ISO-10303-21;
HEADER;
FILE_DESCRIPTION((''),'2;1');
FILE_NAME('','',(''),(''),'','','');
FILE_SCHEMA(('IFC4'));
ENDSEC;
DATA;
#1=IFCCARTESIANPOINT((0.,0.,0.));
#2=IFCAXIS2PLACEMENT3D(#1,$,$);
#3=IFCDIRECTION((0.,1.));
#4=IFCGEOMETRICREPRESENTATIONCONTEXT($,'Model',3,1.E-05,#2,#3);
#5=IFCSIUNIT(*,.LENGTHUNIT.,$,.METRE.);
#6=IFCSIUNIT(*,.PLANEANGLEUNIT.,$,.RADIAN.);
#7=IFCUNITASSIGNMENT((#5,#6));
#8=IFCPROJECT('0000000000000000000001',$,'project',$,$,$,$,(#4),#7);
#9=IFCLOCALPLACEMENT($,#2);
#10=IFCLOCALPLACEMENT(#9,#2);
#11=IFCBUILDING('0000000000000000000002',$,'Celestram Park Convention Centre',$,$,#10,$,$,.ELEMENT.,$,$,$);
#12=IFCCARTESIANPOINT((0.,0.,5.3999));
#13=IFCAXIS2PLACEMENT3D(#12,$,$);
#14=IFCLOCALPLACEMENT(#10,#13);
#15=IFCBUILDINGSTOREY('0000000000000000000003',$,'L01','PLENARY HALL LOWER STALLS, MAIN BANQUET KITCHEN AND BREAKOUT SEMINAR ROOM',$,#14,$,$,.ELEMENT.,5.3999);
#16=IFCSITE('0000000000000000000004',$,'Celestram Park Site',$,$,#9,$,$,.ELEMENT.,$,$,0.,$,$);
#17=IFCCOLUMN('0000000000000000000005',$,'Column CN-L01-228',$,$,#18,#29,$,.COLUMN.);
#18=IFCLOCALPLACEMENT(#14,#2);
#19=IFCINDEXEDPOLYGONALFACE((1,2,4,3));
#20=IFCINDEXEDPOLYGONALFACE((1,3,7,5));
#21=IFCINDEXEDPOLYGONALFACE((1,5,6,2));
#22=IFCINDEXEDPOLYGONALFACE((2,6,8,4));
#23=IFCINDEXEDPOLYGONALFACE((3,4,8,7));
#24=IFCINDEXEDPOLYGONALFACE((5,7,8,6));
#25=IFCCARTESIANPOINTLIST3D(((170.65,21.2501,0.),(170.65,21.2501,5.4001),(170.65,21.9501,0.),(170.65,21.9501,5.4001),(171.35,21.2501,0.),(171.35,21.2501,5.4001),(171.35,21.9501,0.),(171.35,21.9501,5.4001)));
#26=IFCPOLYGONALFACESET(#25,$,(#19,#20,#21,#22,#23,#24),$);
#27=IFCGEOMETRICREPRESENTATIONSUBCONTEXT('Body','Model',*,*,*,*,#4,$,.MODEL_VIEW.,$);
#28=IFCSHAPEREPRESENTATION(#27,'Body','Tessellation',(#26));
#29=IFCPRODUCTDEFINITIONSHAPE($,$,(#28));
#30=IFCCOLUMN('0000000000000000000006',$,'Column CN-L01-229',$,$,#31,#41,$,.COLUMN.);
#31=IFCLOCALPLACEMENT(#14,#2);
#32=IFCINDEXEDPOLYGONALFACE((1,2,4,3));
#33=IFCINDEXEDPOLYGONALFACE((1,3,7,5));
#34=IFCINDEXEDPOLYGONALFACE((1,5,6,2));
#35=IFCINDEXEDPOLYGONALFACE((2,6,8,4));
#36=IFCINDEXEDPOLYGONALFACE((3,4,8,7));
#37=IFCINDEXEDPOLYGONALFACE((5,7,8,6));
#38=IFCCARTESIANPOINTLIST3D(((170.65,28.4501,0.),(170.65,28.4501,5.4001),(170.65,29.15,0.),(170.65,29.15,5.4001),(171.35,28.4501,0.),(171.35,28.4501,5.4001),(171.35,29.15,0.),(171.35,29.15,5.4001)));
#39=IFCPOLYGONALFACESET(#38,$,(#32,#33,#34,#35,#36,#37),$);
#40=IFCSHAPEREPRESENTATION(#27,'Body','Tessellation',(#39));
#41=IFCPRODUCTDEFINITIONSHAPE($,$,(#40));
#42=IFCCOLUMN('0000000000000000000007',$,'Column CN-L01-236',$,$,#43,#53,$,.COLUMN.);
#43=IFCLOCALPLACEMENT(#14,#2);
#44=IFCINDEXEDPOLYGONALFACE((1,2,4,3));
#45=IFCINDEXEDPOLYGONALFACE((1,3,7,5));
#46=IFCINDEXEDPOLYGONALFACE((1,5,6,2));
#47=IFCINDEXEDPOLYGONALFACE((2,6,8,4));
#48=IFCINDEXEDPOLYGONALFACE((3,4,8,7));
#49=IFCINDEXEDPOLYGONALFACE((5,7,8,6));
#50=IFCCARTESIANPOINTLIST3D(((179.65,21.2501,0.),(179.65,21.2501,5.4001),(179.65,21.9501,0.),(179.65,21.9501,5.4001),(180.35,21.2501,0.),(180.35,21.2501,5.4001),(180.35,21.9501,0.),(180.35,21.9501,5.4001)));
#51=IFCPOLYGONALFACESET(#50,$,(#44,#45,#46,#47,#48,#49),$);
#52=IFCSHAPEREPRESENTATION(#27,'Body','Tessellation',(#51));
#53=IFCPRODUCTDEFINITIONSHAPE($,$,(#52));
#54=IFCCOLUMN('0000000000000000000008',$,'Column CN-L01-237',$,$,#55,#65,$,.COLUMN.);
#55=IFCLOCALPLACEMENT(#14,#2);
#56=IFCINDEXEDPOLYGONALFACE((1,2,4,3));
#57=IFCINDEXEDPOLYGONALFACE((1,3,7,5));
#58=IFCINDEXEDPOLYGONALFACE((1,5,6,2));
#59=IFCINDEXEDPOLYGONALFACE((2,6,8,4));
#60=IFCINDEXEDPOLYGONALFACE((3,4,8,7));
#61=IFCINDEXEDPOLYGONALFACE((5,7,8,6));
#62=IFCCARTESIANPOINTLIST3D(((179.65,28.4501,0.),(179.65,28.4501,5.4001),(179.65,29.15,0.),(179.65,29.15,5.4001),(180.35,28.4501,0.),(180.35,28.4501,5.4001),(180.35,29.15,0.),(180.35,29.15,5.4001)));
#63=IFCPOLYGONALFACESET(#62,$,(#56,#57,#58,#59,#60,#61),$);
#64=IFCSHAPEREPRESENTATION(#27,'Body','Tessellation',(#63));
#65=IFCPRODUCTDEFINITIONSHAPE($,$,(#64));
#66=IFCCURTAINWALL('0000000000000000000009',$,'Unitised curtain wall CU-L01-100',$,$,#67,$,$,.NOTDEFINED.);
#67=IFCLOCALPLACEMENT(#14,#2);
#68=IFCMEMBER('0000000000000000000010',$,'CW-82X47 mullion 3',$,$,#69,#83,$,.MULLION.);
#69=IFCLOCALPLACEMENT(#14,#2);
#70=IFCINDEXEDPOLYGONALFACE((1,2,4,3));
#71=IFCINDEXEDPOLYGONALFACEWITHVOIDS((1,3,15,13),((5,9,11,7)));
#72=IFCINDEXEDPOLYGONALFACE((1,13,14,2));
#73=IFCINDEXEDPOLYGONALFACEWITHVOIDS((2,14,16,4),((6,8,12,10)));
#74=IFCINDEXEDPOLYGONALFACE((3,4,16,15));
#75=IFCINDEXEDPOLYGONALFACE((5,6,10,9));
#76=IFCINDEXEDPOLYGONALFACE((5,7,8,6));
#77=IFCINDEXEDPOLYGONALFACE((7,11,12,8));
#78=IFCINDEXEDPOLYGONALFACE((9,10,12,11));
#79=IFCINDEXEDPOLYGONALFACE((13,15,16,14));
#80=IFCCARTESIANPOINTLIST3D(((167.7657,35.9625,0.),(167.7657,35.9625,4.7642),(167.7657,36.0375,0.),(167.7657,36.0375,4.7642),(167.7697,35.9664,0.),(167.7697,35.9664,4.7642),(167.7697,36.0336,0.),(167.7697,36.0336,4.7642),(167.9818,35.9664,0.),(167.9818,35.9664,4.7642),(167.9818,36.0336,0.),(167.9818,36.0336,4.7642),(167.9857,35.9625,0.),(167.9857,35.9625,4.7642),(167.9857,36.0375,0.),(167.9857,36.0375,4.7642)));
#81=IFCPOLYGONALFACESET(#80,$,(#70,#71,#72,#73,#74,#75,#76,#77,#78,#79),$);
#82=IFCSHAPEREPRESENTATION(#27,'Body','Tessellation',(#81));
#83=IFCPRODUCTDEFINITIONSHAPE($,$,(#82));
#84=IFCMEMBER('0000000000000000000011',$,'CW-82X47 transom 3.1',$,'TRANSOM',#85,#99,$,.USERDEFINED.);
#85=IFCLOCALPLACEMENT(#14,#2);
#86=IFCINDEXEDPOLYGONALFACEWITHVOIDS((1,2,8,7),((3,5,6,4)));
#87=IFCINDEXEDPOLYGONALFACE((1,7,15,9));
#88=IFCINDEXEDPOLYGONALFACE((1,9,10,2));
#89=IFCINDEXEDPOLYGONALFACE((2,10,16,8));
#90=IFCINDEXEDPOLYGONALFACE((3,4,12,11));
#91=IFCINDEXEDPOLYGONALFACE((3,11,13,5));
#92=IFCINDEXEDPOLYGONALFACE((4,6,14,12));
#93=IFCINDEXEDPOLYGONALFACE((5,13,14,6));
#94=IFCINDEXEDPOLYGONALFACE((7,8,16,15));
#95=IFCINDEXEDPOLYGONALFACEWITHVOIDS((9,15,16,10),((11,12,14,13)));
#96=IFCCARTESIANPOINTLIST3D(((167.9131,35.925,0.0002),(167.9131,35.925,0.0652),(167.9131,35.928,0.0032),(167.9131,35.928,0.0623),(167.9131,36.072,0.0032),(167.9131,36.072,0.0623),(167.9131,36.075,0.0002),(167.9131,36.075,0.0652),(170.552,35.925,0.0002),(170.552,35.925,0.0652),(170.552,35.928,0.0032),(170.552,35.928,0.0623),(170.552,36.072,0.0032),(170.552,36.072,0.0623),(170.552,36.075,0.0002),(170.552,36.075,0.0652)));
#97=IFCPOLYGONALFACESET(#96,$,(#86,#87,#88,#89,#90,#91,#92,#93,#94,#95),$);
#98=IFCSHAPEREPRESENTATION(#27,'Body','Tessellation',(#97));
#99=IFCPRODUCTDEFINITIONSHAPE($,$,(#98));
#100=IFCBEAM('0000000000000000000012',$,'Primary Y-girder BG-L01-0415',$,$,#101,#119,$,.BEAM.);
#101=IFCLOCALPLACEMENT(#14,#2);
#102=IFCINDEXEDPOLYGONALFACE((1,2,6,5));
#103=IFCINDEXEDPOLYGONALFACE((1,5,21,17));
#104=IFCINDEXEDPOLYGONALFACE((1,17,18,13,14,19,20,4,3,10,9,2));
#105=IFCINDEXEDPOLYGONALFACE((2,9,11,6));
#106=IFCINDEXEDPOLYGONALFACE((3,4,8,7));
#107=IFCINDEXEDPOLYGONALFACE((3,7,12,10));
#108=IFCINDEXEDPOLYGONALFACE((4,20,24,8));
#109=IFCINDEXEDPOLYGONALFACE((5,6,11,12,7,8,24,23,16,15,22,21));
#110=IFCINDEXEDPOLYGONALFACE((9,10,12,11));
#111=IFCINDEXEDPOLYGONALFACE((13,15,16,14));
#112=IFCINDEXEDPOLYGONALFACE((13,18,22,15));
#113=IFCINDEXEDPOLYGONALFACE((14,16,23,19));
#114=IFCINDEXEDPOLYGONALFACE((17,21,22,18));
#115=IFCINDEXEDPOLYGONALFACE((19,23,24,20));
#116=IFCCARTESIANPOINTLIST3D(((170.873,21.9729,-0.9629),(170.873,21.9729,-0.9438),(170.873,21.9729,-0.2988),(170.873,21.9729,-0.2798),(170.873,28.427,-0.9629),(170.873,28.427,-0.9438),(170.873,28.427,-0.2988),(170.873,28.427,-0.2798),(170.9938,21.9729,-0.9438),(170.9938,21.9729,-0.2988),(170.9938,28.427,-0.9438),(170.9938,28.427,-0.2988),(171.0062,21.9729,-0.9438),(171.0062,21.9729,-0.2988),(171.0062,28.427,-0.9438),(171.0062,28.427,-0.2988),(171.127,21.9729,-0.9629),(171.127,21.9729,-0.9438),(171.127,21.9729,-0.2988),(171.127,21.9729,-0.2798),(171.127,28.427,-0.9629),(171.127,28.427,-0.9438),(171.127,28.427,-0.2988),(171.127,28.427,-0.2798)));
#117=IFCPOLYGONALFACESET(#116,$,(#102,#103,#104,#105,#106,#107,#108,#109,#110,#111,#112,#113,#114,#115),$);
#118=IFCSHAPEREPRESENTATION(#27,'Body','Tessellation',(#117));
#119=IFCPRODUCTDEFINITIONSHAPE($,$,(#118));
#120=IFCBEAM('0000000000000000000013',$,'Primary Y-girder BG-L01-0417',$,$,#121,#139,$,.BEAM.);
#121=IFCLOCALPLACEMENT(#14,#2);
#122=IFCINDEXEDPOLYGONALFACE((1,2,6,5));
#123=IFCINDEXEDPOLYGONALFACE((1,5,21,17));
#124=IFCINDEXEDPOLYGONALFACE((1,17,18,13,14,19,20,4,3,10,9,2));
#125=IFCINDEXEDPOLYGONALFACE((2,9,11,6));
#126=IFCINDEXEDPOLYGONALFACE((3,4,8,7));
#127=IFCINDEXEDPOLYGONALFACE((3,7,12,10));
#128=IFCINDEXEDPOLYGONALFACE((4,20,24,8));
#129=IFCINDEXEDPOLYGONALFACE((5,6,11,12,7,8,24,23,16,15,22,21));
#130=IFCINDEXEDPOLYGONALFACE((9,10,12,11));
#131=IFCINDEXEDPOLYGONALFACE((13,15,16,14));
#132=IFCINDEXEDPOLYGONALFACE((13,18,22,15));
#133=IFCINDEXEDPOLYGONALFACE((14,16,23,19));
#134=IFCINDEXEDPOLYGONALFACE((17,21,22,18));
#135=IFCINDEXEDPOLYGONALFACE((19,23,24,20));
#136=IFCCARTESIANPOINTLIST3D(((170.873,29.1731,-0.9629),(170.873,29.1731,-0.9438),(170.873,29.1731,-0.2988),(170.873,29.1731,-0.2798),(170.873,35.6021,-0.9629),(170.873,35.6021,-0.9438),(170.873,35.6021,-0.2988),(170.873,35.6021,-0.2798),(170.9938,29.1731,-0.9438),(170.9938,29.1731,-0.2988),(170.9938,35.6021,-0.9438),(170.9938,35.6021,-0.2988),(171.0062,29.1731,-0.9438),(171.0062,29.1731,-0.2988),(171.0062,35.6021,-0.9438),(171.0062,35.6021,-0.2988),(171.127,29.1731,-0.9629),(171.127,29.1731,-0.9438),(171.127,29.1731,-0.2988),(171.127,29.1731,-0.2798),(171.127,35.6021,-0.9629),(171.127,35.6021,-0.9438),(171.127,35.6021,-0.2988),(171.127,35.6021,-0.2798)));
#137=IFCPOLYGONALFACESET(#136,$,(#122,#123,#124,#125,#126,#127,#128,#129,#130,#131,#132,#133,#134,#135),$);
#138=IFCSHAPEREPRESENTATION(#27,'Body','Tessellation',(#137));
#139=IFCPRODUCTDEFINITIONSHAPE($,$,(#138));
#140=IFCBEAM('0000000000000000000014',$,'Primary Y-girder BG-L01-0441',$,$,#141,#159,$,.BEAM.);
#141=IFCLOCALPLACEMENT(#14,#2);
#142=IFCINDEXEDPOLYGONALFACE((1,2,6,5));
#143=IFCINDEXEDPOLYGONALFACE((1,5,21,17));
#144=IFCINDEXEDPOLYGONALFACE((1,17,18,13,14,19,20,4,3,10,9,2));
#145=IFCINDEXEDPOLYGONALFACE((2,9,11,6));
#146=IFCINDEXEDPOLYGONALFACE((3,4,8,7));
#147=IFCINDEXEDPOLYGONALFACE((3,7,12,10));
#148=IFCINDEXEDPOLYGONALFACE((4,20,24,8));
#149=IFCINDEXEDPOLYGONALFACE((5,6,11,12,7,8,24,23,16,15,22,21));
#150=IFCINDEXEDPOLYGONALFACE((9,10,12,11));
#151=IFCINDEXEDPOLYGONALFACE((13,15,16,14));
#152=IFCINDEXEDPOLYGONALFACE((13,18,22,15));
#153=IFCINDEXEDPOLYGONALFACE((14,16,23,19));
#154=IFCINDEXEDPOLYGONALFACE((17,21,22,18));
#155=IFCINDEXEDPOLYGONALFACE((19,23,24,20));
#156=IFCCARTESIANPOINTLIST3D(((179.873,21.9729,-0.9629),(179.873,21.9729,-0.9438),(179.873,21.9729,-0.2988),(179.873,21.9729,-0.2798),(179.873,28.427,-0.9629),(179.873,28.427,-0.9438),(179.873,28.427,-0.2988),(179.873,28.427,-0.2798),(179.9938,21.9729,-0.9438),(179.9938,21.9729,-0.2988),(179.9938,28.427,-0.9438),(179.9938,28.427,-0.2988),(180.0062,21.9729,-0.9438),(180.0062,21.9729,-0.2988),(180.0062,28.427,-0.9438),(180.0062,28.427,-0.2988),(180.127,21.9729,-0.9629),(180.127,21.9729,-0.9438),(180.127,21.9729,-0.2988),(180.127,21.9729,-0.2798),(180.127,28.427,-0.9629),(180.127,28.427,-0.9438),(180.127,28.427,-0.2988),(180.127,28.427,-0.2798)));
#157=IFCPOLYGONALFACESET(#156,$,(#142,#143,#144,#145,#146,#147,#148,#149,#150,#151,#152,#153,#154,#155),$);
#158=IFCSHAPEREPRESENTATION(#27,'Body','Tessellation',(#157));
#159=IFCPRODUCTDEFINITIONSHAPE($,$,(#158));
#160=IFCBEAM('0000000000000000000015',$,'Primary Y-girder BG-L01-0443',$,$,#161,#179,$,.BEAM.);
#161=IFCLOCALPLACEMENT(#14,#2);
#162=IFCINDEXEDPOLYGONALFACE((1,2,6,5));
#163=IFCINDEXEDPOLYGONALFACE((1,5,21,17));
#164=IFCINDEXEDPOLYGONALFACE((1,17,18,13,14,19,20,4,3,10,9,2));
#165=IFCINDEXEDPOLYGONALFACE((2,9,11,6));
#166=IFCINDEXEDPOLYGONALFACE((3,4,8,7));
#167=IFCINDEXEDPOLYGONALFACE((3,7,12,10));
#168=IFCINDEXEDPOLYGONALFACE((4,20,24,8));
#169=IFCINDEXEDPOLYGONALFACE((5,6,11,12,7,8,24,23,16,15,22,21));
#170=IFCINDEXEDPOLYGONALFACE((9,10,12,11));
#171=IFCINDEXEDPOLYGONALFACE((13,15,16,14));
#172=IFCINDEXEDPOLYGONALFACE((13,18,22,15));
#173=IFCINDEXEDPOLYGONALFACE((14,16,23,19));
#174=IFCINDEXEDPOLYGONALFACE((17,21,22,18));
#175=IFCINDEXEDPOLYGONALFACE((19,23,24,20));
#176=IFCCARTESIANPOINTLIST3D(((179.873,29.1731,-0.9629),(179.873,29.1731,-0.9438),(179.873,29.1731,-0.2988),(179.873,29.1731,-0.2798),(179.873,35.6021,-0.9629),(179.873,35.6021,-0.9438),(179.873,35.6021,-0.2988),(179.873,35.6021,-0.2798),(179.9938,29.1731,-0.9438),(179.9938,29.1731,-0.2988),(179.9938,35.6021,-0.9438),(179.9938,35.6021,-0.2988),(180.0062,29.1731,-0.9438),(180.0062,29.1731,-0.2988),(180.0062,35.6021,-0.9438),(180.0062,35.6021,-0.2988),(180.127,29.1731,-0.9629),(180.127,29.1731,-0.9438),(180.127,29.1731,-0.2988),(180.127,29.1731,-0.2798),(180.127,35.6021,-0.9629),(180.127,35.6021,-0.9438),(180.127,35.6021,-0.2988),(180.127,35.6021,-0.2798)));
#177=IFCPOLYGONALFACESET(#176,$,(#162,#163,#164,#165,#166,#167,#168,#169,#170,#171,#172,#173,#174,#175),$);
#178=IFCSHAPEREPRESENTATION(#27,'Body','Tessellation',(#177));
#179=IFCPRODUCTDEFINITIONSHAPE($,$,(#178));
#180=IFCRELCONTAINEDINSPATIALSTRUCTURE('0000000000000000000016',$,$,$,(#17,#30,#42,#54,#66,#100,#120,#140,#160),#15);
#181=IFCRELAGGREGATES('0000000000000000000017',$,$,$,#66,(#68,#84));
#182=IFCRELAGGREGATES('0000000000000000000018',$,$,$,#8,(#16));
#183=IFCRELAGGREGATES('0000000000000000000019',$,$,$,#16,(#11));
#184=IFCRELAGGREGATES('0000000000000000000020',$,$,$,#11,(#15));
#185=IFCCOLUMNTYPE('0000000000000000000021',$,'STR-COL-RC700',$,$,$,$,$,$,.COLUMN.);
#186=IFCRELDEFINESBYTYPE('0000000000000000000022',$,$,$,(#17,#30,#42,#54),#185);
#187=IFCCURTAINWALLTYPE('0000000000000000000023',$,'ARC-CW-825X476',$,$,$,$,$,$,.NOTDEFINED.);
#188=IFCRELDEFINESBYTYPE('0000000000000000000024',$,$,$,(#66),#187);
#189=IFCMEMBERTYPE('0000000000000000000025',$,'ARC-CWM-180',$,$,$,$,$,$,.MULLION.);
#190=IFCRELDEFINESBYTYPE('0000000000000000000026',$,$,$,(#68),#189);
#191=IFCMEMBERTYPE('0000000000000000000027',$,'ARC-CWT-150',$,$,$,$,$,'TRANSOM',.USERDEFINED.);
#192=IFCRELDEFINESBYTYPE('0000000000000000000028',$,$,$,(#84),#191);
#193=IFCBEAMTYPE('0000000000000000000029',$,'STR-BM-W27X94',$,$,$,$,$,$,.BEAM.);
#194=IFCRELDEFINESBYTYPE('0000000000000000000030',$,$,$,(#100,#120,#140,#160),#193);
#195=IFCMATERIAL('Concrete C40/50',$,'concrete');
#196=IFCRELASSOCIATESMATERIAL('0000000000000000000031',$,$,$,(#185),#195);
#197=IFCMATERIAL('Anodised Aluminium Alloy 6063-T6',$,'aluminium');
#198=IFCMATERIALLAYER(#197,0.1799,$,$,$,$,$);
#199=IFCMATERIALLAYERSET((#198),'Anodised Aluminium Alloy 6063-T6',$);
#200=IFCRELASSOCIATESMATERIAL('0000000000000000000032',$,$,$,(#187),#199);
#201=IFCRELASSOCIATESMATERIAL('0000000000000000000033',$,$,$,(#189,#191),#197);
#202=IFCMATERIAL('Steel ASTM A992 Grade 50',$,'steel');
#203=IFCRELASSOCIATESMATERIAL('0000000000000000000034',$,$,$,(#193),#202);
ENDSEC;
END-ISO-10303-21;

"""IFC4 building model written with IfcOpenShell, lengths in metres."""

from ifc_helpers import new_model, si_unit, direction, frame, origin, origin_2d, place, context, subcontext, project, spatial, rectangle, hollow_rectangle, i_section, extrude, material, layer, layer_set, material_profile, profile_set, type_object, element, aggregate, save


model = new_model("IFC4")

# Units and contexts
model_context = context("Model", 3, precision=1e-05, world=origin(), true_north=direction((0.0, 1.0)))
body_context = subcontext(model_context, "Body", "Model", "MODEL_VIEW")
ifc_project = project(units=[si_unit("LENGTHUNIT", "METRE"), si_unit("PLANEANGLEUNIT", "RADIAN")], contexts=[model_context])

# Site, building, storey
site_placement = place(None, origin())
site = spatial("IfcSite", under=ifc_project, at=site_placement, Name="Celestram Park Site", CompositionType="ELEMENT", RefElevation=0.0)
building_placement = place(site_placement, origin())
building = spatial("IfcBuilding", under=site, at=building_placement, Name="Celestram Park Convention Centre", CompositionType="ELEMENT")
storey_placement = place(building_placement, frame((0.0, 0.0, 5.3999)))
storey = spatial("IfcBuildingStorey", under=building, at=storey_placement, Name="L01", Description="PLENARY HALL LOWER STALLS, MAIN BANQUET KITCHEN AND BREAKOUT SEMINAR ROOM", CompositionType="ELEMENT", Elevation=5.3999)

# Columns
ifc_material_1 = material(Name="Concrete C40/50", Category="concrete")
ifc_material_profile_1 = material_profile(ifc_material_1, rectangle(XDim=0.7, YDim=0.7, at=origin_2d()), Name="RC700X700")
ifc_profile_set_1 = profile_set([ifc_material_profile_1], Name="Concrete C40/50")
column_type = type_object("IfcColumnType", Name="STR-COL-RC700", PredefinedType="COLUMN", material=ifc_profile_set_1)
for number, where, z_axis, x_axis, name in (
    (1, (171.0, 21.6001, 0.0), (0.0, 0.0, 1.0), (1.0, 0.0, 0.0), "Column CN-L01-228"),
    (2, (171.0, 28.8, 0.0), (0.0, 0.0, 1.0), (1.0, 0.0, 0.0), "Column CN-L01-229"),
    (3, (180.0, 21.6001, 0.0), (0.0, 0.0, 1.0), (1.0, 0.0, 0.0), "Column CN-L01-236"),
    (4, (180.0, 28.8, 0.0), (0.0, 0.0, 1.0), (1.0, 0.0, 0.0), "Column CN-L01-237"),
):
    element("IfcColumn", number, at=place(storey_placement, frame(where, z_axis=z_axis, x_axis=x_axis)), inside=storey, type_object=column_type, Name=name, PredefinedType="COLUMN", context=body_context, shape_type="SweptSolid", body=[
        extrude(rectangle(XDim=0.7, YDim=0.7, at=origin_2d()), origin(), (0.0, 0.0, 1.0), 5.4001),
    ])

# Curtain wall, members
ifc_material_2 = material(Name="Anodised Aluminium Alloy 6063-T6", Category="aluminium")
ifc_layer_1 = layer(ifc_material_2, 0.1799)
ifc_layer_set_1 = layer_set([ifc_layer_1], Name="Anodised Aluminium Alloy 6063-T6")
curtain_wall_type = type_object("IfcCurtainWallType", Name="ARC-CW-825X476", PredefinedType="NOTDEFINED", material=ifc_layer_set_1)
curtain_wall_placement = place(storey_placement, origin())
curtain_wall = element("IfcCurtainWall", 5, at=curtain_wall_placement, inside=storey, type_object=curtain_wall_type, Name="Unitised curtain wall CU-L01-100", PredefinedType="NOTDEFINED")
ifc_material_profile_2 = material_profile(ifc_material_2, hollow_rectangle(XDim=0.075, YDim=0.22, WallThickness=0.0039, at=origin_2d()), Name="ALU75X220X4")
ifc_profile_set_2 = profile_set([ifc_material_profile_2], Name="Anodised Aluminium Alloy 6063-T6")
member_type_1 = type_object("IfcMemberType", Name="ARC-CWM-180", PredefinedType="MULLION", material=ifc_profile_set_2)
member_1_placement = place(storey_placement, frame((167.8757, 36.0, 0.0), z_axis=(0.0, 0.0, 1.0), x_axis=(0.0, 1.0, 0.0)))
member_1 = element("IfcMember", 6, at=member_1_placement, type_object=member_type_1, Name="CW-82X47 mullion 3", PredefinedType="MULLION", context=body_context, shape_type="SweptSolid", body=[
    extrude(hollow_rectangle(XDim=0.075, YDim=0.22, WallThickness=0.0039, at=origin_2d()), origin(), (0.0, 0.0, 1.0), 4.7642),
])
ifc_material_profile_3 = material_profile(ifc_material_2, hollow_rectangle(XDim=0.1499, YDim=0.0649, WallThickness=0.0029, at=origin_2d()), Name="ALU150X65X3")
ifc_profile_set_3 = profile_set([ifc_material_profile_3], Name="Anodised Aluminium Alloy 6063-T6")
member_type_2 = type_object("IfcMemberType", Name="ARC-CWT-150", ElementType="TRANSOM", PredefinedType="USERDEFINED", material=ifc_profile_set_3)
member_2_placement = place(storey_placement, frame((167.9131, 36.0, 0.0327), z_axis=(1.0, 0.0, 0.0), x_axis=(0.0, 1.0, 0.0)))
member_2 = element("IfcMember", 7, at=member_2_placement, type_object=member_type_2, Name="CW-82X47 transom 3.1", ObjectType="TRANSOM", PredefinedType="USERDEFINED", context=body_context, shape_type="SweptSolid", body=[
    extrude(hollow_rectangle(XDim=0.1499, YDim=0.0649, WallThickness=0.0029, at=origin_2d()), origin(), (0.0, 0.0, 1.0), 2.6389),
])

# Beams
ifc_material_3 = material(Name="Steel ASTM A992 Grade 50", Category="steel")
ifc_material_profile_4 = material_profile(ifc_material_3, i_section(OverallWidth=0.2539, OverallDepth=0.6831, WebThickness=0.0125, FlangeThickness=0.019, at=origin_2d()), Name="W27X94")
ifc_profile_set_4 = profile_set([ifc_material_profile_4], Name="Steel ASTM A992 Grade 50")
beam_type_1 = type_object("IfcBeamType", Name="STR-BM-W27X94", PredefinedType="BEAM", material=ifc_profile_set_4)
beam_1_placement = place(storey_placement, frame((171.0, 21.9729, -0.6213), z_axis=(0.0, 1.0, 0.0), x_axis=(-1.0, 0.0, 0.0)))
element("IfcBeam", 8, at=beam_1_placement, inside=storey, type_object=beam_type_1, Name="Primary Y-girder BG-L01-0415", PredefinedType="BEAM", context=body_context, shape_type="SweptSolid", body=[
    extrude(i_section(OverallWidth=0.2539, OverallDepth=0.6831, WebThickness=0.0125, FlangeThickness=0.019, at=origin_2d()), origin(), (0.0, 0.0, 1.0), 6.4541),
])
beam_2_placement = place(storey_placement, frame((171.0, 29.1731, -0.6213), z_axis=(0.0, 1.0, 0.0), x_axis=(-1.0, 0.0, 0.0)))
element("IfcBeam", 9, at=beam_2_placement, inside=storey, type_object=beam_type_1, Name="Primary Y-girder BG-L01-0417", PredefinedType="BEAM", context=body_context, shape_type="SweptSolid", body=[
    extrude(i_section(OverallWidth=0.2539, OverallDepth=0.6831, WebThickness=0.0125, FlangeThickness=0.019, at=origin_2d()), origin(), (0.0, 0.0, 1.0), 6.429),
])
beam_3_placement = place(storey_placement, frame((180.0, 21.9729, -0.6213), z_axis=(0.0, 1.0, 0.0), x_axis=(-1.0, 0.0, 0.0)))
element("IfcBeam", 10, at=beam_3_placement, inside=storey, type_object=beam_type_1, Name="Primary Y-girder BG-L01-0441", PredefinedType="BEAM", context=body_context, shape_type="SweptSolid", body=[
    extrude(i_section(OverallWidth=0.2539, OverallDepth=0.6831, WebThickness=0.0125, FlangeThickness=0.019, at=origin_2d()), origin(), (0.0, 0.0, 1.0), 6.4541),
])
beam_4_placement = place(storey_placement, frame((180.0, 29.1731, -0.6213), z_axis=(0.0, 1.0, 0.0), x_axis=(-1.0, 0.0, 0.0)))
element("IfcBeam", 11, at=beam_4_placement, inside=storey, type_object=beam_type_1, Name="Primary Y-girder BG-L01-0443", PredefinedType="BEAM", context=body_context, shape_type="SweptSolid", body=[
    extrude(i_section(OverallWidth=0.2539, OverallDepth=0.6831, WebThickness=0.0125, FlangeThickness=0.019, at=origin_2d()), origin(), (0.0, 0.0, 1.0), 6.429),
])

aggregate(curtain_wall, [member_1, member_2])

save(model, "model.ifc")
